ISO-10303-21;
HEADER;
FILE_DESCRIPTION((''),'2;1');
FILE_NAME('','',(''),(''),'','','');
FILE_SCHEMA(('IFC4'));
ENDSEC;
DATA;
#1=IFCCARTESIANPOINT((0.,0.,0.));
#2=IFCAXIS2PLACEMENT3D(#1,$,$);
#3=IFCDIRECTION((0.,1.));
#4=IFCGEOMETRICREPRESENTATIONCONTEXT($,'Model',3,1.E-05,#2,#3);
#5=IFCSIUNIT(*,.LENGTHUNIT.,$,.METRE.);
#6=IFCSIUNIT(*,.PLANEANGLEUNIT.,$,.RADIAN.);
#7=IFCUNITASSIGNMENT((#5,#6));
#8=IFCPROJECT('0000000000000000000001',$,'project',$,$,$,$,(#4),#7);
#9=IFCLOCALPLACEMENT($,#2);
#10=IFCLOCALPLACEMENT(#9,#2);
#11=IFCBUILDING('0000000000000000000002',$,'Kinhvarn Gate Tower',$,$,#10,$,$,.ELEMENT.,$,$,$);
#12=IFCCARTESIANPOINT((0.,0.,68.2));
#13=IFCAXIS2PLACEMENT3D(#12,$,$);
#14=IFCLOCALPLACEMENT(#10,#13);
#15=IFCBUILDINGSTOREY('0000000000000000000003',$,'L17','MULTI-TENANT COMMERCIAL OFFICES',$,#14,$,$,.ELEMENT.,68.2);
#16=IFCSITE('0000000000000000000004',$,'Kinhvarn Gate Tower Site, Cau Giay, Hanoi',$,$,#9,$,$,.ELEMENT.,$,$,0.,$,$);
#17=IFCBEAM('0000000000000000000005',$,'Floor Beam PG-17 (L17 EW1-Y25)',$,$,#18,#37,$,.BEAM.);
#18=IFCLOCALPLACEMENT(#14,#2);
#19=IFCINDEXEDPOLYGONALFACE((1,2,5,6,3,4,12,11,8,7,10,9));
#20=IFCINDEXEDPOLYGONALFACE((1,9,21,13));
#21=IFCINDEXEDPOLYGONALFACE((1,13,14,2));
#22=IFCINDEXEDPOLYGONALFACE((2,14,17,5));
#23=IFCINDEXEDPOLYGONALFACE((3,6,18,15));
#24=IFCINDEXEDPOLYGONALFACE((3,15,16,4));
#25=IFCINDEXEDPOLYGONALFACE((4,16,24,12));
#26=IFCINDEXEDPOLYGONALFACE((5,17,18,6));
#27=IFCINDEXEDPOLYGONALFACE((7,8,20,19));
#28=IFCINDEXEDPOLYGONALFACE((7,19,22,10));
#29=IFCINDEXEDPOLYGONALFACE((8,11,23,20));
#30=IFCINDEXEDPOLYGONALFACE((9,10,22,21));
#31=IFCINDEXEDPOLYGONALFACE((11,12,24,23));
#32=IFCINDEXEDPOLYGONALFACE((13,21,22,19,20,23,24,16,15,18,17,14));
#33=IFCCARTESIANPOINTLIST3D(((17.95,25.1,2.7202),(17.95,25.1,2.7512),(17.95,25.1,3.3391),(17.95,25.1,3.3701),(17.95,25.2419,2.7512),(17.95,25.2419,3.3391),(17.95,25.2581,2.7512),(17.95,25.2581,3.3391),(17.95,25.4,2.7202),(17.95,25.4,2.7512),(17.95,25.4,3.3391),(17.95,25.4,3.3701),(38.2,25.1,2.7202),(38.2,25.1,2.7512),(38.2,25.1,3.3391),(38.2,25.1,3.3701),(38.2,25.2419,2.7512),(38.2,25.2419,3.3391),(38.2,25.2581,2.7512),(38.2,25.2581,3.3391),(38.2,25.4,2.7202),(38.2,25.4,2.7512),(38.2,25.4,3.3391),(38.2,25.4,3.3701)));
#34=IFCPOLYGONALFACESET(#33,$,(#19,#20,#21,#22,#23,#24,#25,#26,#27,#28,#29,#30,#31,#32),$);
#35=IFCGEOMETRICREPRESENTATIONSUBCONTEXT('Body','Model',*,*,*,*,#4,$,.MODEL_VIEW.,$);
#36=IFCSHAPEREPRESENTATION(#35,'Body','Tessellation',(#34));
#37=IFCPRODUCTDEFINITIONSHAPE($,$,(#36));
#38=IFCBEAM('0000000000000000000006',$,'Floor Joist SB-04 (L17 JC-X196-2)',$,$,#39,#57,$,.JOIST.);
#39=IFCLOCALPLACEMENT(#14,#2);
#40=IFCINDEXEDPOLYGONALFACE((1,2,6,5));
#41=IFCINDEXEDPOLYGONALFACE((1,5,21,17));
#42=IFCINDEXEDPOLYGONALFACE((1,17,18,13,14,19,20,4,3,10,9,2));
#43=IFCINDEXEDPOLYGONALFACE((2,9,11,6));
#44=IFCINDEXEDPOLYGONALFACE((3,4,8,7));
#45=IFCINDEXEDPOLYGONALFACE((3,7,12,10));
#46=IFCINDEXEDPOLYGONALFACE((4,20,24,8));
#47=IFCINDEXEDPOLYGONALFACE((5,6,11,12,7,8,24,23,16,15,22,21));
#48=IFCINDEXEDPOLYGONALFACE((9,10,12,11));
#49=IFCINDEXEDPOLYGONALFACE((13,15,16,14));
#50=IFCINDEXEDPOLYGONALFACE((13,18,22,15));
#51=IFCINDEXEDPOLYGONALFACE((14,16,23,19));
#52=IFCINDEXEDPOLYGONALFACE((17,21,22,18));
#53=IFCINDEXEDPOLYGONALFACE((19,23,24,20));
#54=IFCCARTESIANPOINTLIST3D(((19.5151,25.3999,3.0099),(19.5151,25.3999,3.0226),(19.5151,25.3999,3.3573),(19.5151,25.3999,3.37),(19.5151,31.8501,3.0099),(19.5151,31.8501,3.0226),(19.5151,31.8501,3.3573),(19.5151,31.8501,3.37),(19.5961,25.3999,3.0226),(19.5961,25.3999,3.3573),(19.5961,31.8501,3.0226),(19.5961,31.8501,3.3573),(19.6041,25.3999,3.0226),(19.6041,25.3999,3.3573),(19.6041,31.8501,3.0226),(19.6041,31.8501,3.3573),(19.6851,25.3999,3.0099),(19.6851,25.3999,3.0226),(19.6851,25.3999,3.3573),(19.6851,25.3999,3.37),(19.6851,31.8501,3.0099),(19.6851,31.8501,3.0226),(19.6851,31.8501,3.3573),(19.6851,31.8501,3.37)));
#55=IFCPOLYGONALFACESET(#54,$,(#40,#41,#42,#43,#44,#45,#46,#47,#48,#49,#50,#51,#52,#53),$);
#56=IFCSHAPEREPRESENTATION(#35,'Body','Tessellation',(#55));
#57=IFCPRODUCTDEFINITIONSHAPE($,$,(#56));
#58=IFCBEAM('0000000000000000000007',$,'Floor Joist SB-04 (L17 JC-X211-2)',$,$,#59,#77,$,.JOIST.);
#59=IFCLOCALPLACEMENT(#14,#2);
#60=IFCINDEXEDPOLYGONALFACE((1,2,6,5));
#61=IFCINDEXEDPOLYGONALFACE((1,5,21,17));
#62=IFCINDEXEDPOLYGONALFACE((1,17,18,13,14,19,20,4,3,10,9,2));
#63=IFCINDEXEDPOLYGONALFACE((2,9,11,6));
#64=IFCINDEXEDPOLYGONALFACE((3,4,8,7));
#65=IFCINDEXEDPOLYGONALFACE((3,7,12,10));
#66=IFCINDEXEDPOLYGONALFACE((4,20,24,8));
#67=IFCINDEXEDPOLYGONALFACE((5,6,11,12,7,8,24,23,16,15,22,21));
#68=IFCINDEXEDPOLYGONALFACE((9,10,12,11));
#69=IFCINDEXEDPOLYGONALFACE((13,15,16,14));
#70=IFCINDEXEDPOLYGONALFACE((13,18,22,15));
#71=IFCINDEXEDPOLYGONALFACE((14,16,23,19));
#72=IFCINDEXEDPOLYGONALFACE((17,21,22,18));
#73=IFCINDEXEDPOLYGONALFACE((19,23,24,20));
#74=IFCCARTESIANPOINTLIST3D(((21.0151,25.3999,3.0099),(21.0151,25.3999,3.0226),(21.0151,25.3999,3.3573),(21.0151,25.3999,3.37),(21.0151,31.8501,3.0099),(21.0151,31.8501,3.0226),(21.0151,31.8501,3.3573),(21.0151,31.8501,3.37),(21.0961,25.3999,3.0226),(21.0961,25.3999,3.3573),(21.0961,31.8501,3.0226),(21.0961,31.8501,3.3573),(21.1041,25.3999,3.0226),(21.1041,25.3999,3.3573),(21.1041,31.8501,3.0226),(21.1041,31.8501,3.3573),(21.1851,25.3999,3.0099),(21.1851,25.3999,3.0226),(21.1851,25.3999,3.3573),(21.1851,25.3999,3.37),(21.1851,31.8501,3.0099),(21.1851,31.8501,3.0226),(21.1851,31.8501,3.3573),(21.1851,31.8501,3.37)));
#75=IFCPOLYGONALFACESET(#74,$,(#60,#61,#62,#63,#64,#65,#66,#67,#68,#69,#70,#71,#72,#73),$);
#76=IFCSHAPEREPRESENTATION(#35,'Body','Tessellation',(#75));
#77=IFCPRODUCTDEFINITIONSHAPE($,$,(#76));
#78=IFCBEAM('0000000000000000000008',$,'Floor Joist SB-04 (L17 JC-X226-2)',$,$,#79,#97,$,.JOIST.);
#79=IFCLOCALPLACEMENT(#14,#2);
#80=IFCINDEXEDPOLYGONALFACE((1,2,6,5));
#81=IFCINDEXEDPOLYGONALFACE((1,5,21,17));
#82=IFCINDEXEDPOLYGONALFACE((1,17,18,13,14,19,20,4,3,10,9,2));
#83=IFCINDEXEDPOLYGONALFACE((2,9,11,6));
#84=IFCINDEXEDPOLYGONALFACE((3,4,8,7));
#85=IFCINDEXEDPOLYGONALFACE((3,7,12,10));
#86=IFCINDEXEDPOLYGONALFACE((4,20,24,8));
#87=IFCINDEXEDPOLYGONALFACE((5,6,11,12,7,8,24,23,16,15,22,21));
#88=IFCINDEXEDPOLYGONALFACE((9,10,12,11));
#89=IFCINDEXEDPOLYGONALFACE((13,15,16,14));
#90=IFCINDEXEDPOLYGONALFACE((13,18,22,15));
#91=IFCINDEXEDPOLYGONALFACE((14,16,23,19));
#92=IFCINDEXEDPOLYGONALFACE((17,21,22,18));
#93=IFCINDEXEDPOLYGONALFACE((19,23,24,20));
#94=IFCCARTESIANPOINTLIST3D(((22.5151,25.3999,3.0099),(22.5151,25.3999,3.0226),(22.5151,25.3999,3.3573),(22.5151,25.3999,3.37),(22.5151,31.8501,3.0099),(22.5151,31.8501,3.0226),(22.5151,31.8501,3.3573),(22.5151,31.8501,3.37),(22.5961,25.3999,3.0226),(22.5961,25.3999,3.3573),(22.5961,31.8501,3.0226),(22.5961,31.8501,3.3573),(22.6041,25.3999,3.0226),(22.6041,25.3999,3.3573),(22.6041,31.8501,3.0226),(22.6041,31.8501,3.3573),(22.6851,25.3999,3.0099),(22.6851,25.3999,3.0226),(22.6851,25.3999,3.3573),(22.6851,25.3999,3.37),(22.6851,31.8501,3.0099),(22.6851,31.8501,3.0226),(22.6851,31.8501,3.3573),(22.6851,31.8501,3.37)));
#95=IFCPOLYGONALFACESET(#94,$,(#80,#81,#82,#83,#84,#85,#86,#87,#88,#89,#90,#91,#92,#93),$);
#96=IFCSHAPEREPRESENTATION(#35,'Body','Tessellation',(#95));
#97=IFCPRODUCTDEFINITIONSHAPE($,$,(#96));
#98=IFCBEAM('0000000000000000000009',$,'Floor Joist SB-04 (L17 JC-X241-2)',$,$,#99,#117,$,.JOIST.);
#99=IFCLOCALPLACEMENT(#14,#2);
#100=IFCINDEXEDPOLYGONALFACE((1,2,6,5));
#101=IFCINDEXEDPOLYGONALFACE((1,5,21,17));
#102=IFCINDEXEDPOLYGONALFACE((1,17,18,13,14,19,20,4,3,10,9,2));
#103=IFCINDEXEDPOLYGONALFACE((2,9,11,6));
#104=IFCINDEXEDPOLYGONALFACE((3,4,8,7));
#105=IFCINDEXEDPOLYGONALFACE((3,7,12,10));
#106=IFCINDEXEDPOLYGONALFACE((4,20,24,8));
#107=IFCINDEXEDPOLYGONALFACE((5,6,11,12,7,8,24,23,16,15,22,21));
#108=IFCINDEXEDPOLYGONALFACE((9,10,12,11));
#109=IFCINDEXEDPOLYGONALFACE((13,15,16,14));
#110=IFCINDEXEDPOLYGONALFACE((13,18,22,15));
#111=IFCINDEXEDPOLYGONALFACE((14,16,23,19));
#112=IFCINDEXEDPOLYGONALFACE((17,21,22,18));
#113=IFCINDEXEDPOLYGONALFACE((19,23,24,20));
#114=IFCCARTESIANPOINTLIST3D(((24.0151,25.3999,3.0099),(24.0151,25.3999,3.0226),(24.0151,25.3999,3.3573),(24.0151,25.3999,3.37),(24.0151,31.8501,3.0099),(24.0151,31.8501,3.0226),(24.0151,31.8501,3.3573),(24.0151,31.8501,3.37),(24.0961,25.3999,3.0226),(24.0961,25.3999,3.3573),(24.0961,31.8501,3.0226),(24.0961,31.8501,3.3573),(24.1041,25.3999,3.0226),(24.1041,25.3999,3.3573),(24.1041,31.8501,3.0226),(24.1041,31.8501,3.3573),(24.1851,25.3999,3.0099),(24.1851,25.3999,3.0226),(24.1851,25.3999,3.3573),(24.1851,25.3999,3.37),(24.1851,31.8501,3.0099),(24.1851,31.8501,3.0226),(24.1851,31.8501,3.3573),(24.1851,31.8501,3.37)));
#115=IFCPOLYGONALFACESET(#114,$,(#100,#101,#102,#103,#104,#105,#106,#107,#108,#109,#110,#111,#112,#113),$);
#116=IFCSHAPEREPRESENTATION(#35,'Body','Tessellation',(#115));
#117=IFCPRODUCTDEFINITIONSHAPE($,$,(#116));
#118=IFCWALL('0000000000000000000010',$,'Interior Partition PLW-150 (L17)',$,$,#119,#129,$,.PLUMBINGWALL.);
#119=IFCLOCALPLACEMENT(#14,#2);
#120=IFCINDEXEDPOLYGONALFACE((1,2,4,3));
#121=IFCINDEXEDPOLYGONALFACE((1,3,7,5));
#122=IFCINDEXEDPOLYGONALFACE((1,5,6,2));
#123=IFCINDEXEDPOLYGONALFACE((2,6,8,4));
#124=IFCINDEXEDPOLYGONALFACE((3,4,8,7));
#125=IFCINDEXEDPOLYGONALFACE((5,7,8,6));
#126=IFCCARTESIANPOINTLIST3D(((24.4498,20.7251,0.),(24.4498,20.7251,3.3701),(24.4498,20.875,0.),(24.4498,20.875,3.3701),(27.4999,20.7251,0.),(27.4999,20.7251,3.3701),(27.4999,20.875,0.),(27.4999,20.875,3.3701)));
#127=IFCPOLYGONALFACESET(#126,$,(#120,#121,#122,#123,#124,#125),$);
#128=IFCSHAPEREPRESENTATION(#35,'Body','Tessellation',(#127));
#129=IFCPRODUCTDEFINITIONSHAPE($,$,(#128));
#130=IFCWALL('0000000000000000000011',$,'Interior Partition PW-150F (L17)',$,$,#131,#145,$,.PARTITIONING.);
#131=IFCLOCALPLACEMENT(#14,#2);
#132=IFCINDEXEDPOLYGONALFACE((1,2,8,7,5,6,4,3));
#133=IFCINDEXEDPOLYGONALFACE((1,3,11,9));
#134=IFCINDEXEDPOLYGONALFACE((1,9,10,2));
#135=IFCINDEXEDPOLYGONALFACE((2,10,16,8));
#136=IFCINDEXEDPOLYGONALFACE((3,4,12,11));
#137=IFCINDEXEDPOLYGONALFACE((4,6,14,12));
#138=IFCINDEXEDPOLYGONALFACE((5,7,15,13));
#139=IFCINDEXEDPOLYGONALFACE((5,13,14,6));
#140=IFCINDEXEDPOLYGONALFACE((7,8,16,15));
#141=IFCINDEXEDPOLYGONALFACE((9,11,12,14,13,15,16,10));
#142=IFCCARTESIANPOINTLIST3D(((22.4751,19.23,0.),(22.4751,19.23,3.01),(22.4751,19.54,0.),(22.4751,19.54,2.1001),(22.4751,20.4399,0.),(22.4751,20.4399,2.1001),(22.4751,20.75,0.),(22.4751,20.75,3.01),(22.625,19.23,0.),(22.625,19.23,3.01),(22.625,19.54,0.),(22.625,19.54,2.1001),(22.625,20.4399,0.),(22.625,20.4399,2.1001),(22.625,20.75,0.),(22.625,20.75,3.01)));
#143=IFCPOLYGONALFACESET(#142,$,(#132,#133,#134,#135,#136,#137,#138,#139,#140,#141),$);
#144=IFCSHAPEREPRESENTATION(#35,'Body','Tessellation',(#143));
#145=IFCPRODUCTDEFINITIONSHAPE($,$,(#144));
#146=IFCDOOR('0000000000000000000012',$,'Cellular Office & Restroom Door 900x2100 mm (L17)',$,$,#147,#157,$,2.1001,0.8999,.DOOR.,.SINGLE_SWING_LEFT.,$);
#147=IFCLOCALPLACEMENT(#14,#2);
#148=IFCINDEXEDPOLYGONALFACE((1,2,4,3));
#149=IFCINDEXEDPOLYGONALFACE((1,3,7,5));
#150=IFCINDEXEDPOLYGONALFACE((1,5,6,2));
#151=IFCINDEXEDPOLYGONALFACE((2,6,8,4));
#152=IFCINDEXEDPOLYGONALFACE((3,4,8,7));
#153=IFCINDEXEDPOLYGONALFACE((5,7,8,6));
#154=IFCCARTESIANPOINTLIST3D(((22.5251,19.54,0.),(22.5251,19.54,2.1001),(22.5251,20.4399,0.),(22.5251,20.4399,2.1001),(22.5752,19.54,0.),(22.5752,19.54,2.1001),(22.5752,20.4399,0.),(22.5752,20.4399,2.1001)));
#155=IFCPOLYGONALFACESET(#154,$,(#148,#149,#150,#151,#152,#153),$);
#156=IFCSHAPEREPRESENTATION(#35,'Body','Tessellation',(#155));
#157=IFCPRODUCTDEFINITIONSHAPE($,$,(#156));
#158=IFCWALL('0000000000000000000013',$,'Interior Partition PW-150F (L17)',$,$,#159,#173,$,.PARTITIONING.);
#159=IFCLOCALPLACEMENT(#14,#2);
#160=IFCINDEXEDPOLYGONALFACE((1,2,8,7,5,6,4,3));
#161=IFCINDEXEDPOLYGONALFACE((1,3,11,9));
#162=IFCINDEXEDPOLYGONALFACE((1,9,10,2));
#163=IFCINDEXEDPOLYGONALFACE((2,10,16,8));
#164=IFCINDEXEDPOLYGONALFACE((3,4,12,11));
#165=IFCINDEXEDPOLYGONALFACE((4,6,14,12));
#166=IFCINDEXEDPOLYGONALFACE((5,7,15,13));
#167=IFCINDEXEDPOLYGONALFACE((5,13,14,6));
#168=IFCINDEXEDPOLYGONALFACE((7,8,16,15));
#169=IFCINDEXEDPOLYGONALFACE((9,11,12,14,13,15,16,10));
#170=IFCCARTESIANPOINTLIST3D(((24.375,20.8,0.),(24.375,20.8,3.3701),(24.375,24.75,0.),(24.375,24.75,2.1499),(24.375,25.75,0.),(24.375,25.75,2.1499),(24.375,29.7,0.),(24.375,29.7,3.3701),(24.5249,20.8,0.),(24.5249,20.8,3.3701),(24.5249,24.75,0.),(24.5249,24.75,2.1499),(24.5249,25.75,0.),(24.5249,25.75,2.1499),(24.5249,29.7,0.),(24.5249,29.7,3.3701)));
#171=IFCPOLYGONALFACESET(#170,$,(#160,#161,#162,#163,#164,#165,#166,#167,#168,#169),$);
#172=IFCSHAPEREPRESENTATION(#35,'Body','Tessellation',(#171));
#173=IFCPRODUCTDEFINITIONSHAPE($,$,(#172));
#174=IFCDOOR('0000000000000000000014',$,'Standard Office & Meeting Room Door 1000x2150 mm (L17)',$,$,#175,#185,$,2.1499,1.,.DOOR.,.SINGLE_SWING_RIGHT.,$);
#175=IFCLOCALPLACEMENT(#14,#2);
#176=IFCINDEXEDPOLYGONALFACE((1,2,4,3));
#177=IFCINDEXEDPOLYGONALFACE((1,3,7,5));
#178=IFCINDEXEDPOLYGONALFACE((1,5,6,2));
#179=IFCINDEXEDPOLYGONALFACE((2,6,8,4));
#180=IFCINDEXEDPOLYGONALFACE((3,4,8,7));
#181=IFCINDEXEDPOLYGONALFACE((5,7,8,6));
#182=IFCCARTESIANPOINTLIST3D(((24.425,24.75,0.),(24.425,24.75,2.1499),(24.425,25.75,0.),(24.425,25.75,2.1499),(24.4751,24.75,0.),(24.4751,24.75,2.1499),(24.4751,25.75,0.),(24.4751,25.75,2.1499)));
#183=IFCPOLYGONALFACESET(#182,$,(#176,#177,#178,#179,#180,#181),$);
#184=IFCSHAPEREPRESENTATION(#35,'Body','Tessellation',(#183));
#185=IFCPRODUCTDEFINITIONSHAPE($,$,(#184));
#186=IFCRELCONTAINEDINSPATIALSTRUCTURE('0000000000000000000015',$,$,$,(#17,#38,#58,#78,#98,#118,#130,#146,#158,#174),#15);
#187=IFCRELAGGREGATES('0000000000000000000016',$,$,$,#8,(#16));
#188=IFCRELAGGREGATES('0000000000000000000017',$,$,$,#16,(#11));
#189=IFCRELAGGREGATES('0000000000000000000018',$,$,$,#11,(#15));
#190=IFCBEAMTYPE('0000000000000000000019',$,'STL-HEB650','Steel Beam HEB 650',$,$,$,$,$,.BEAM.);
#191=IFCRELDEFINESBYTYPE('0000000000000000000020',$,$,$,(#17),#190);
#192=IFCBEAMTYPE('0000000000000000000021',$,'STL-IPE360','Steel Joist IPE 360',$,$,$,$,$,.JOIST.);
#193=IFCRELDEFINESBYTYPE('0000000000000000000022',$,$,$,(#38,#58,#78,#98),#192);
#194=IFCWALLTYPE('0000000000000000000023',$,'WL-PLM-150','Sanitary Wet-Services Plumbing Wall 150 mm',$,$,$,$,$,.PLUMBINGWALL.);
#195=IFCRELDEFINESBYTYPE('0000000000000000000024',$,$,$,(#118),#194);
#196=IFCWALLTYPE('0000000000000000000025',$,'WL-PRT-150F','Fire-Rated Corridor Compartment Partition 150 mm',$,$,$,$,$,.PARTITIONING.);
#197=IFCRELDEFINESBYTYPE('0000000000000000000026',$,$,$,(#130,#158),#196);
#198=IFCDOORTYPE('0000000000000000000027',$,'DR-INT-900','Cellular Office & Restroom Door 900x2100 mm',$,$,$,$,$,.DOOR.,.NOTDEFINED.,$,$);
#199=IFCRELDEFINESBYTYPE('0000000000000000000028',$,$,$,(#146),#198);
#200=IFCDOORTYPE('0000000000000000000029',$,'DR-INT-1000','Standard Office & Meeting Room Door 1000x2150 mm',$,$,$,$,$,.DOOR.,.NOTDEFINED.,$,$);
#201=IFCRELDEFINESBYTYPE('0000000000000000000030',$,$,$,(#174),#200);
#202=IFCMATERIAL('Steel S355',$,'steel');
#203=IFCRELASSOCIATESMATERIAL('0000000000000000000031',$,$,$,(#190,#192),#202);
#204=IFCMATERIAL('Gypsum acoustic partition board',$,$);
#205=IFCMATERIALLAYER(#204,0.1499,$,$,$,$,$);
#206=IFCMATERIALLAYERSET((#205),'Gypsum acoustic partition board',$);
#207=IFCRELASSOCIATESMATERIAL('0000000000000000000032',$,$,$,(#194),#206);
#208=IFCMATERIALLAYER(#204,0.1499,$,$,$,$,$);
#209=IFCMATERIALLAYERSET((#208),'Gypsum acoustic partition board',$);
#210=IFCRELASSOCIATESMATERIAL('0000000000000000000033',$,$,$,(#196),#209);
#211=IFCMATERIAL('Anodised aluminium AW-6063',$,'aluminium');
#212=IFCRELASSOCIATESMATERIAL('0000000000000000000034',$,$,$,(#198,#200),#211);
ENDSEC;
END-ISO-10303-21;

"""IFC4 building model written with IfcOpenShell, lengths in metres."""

from ifc_helpers import new_model, si_unit, direction, frame, frame_2d, origin, origin_2d, place, context, subcontext, project, spatial, rectangle, i_section, extrude, material, layer, layer_set, material_profile, profile_set, type_object, element, fill, save


model = new_model("IFC4")

# Units and contexts
model_context = context("Model", 3, precision=1e-05, world=origin(), true_north=direction((0.0, 1.0)))
body_context = subcontext(model_context, "Body", "Model", "MODEL_VIEW")
ifc_project = project(units=[si_unit("LENGTHUNIT", "METRE"), si_unit("PLANEANGLEUNIT", "RADIAN")], contexts=[model_context])

# Site, building, storey
site_placement = place(None, origin())
site = spatial("IfcSite", under=ifc_project, at=site_placement, Name="Kinhvarn Gate Tower Site, Cau Giay, Hanoi", CompositionType="ELEMENT", RefElevation=0.0)
building_placement = place(site_placement, origin())
building = spatial("IfcBuilding", under=site, at=building_placement, Name="Kinhvarn Gate Tower", CompositionType="ELEMENT")
storey_placement = place(building_placement, frame((0.0, 0.0, 68.2)))
storey = spatial("IfcBuildingStorey", under=building, at=storey_placement, Name="L17", Description="MULTI-TENANT COMMERCIAL OFFICES", CompositionType="ELEMENT", Elevation=68.2)

# Beams
ifc_material_1 = material(Name="Steel S355", Category="steel")
ifc_material_profile_1 = material_profile(ifc_material_1, i_section(OverallWidth=0.3, OverallDepth=0.6499, WebThickness=0.0161, FlangeThickness=0.031, at=origin_2d()), Name="HEB 650")
ifc_profile_set_1 = profile_set([ifc_material_profile_1], Name="Steel S355")
beam_type_1 = type_object("IfcBeamType", Name="STL-HEB650", Description="Steel Beam HEB 650", PredefinedType="BEAM", material=ifc_profile_set_1)
beam_placement = place(storey_placement, frame((17.95, 25.25, 3.0452), z_axis=(1.0, 0.0, 0.0), x_axis=(0.0, 1.0, 0.0)))
element("IfcBeam", 1, at=beam_placement, inside=storey, type_object=beam_type_1, Name="Floor Beam PG-17 (L17 EW1-Y25)", PredefinedType="BEAM", context=body_context, shape_type="SweptSolid", body=[
    extrude(i_section(OverallWidth=0.3, OverallDepth=0.6499, WebThickness=0.0161, FlangeThickness=0.031, at=origin_2d()), origin(), (0.0, 0.0, 1.0), 20.25),
])
ifc_material_profile_2 = material_profile(ifc_material_1, i_section(OverallWidth=0.1699, OverallDepth=0.3601, WebThickness=0.0081, FlangeThickness=0.0127, at=origin_2d()), Name="IPE 360")
ifc_profile_set_2 = profile_set([ifc_material_profile_2], Name="Steel S355")
beam_type_2 = type_object("IfcBeamType", Name="STL-IPE360", Description="Steel Joist IPE 360", PredefinedType="JOIST", material=ifc_profile_set_2)
for number, where, z_axis, x_axis, name in (
    (2, (19.6001, 25.3999, 3.1899), (0.0, 1.0, 0.0), (-1.0, 0.0, 0.0), "Floor Joist SB-04 (L17 JC-X196-2)"),
    (3, (21.1001, 25.3999, 3.1899), (0.0, 1.0, 0.0), (-1.0, 0.0, 0.0), "Floor Joist SB-04 (L17 JC-X211-2)"),
    (4, (22.6001, 25.3999, 3.1899), (0.0, 1.0, 0.0), (-1.0, 0.0, 0.0), "Floor Joist SB-04 (L17 JC-X226-2)"),
    (5, (24.1001, 25.3999, 3.1899), (0.0, 1.0, 0.0), (-1.0, 0.0, 0.0), "Floor Joist SB-04 (L17 JC-X241-2)"),
):
    element("IfcBeam", number, at=place(storey_placement, frame(where, z_axis=z_axis, x_axis=x_axis)), inside=storey, type_object=beam_type_2, Name=name, PredefinedType="JOIST", context=body_context, shape_type="SweptSolid", body=[
        extrude(i_section(OverallWidth=0.1699, OverallDepth=0.3601, WebThickness=0.0081, FlangeThickness=0.0127, at=origin_2d()), origin(), (0.0, 0.0, 1.0), 6.4502),
    ])

# Wall
ifc_material_2 = material(Name="Gypsum acoustic partition board")
ifc_layer_1 = layer(ifc_material_2, 0.1499)
ifc_layer_set_1 = layer_set([ifc_layer_1], Name="Gypsum acoustic partition board")
wall_type_1 = type_object("IfcWallType", Name="WL-PLM-150", Description="Sanitary Wet-Services Plumbing Wall 150 mm", PredefinedType="PLUMBINGWALL", material=ifc_layer_set_1)
wall_1_placement = place(storey_placement, frame((24.45, 20.8, 0.0), z_axis=(0.0, 0.0, 1.0), x_axis=(1.0, 0.0, 0.0)))
element("IfcWall", 6, at=wall_1_placement, inside=storey, type_object=wall_type_1, Name="Interior Partition PLW-150 (L17)", PredefinedType="PLUMBINGWALL", context=body_context, shape_type="SweptSolid", body=[
    extrude(rectangle(XDim=3.05, YDim=0.1499, at=frame_2d((1.5249, 0.0))), origin(), (0.0, 0.0, 1.0), 3.3701),
])

# Walls, openings, doors
ifc_layer_2 = layer(ifc_material_2, 0.1499)
ifc_layer_set_2 = layer_set([ifc_layer_2], Name="Gypsum acoustic partition board")
wall_type_2 = type_object("IfcWallType", Name="WL-PRT-150F", Description="Fire-Rated Corridor Compartment Partition 150 mm", PredefinedType="PARTITIONING", material=ifc_layer_set_2)
wall_2_placement = place(storey_placement, frame((22.55, 19.23, 0.0), z_axis=(0.0, 0.0, 1.0), x_axis=(0.0, 1.0, 0.0)))
wall_2 = element("IfcWall", 7, at=wall_2_placement, inside=storey, type_object=wall_type_2, Name="Interior Partition PW-150F (L17)", PredefinedType="PARTITIONING", context=body_context, shape_type="SweptSolid", body=[
    extrude(rectangle(XDim=1.52, YDim=0.1499, at=frame_2d((0.76, 0.0))), origin(), (0.0, 0.0, 1.0), 3.01),
])
opening_1_placement = place(wall_2_placement, frame((0.3101, 0.0, 0.0)))
opening_1 = element("IfcOpeningElement", 8, at=opening_1_placement, cuts=wall_2, PredefinedType="OPENING", context=body_context, shape_type="SweptSolid", body=[
    extrude(rectangle(XDim=0.8999, YDim=2.1001, at=frame_2d((0.45, 1.05))), frame((0.0, 0.085, 0.0), z_axis=(0.0, -1.0, 0.0), x_axis=(1.0, 0.0, 0.0)), (0.0, 0.0, 1.0), 0.1699),
])
ifc_material_3 = material(Name="Anodised aluminium AW-6063", Category="aluminium")
door_type_1 = type_object("IfcDoorType", Name="DR-INT-900", Description="Cellular Office & Restroom Door 900x2100 mm", OperationType="NOTDEFINED", PredefinedType="DOOR", material=ifc_material_3)
door_1_placement = place(opening_1_placement, origin())
door_1 = element("IfcDoor", 9, at=door_1_placement, inside=storey, type_object=door_type_1, Name="Cellular Office & Restroom Door 900x2100 mm (L17)", OperationType="SINGLE_SWING_LEFT", OverallHeight=2.1001, OverallWidth=0.8999, PredefinedType="DOOR", context=body_context, shape_type="SweptSolid", body=[
    extrude(rectangle(XDim=0.8999, YDim=2.1001, at=frame_2d((0.45, 1.05))), frame((0.0, 0.0249, 0.0), z_axis=(0.0, -1.0, 0.0), x_axis=(1.0, 0.0, 0.0)), (0.0, 0.0, 1.0), 0.05),
])
fill(opening_1, door_1)
wall_3_placement = place(storey_placement, frame((24.45, 20.8, 0.0), z_axis=(0.0, 0.0, 1.0), x_axis=(0.0, 1.0, 0.0)))
wall_3 = element("IfcWall", 10, at=wall_3_placement, inside=storey, type_object=wall_type_2, Name="Interior Partition PW-150F (L17)", PredefinedType="PARTITIONING", context=body_context, shape_type="SweptSolid", body=[
    extrude(rectangle(XDim=8.8999, YDim=0.1499, at=frame_2d((4.45, 0.0))), origin(), (0.0, 0.0, 1.0), 3.3701),
])
opening_2_placement = place(wall_3_placement, frame((3.95, 0.0, 0.0)))
opening_2 = element("IfcOpeningElement", 11, at=opening_2_placement, cuts=wall_3, PredefinedType="OPENING", context=body_context, shape_type="SweptSolid", body=[
    extrude(rectangle(XDim=1.0, YDim=2.1499, at=frame_2d((0.5, 1.075))), frame((0.0, 0.085, 0.0), z_axis=(0.0, -1.0, 0.0), x_axis=(1.0, 0.0, 0.0)), (0.0, 0.0, 1.0), 0.1699),
])
door_type_2 = type_object("IfcDoorType", Name="DR-INT-1000", Description="Standard Office & Meeting Room Door 1000x2150 mm", OperationType="NOTDEFINED", PredefinedType="DOOR", material=ifc_material_3)
door_2_placement = place(opening_2_placement, origin())
door_2 = element("IfcDoor", 12, at=door_2_placement, inside=storey, type_object=door_type_2, Name="Standard Office & Meeting Room Door 1000x2150 mm (L17)", OperationType="SINGLE_SWING_RIGHT", OverallHeight=2.1499, OverallWidth=1.0, PredefinedType="DOOR", context=body_context, shape_type="SweptSolid", body=[
    extrude(rectangle(XDim=1.0, YDim=2.1499, at=frame_2d((0.5, 1.075))), frame((0.0, 0.0249, 0.0), z_axis=(0.0, -1.0, 0.0), x_axis=(1.0, 0.0, 0.0)), (0.0, 0.0, 1.0), 0.05),
])
fill(opening_2, door_2)

save(model, "model.ifc")
